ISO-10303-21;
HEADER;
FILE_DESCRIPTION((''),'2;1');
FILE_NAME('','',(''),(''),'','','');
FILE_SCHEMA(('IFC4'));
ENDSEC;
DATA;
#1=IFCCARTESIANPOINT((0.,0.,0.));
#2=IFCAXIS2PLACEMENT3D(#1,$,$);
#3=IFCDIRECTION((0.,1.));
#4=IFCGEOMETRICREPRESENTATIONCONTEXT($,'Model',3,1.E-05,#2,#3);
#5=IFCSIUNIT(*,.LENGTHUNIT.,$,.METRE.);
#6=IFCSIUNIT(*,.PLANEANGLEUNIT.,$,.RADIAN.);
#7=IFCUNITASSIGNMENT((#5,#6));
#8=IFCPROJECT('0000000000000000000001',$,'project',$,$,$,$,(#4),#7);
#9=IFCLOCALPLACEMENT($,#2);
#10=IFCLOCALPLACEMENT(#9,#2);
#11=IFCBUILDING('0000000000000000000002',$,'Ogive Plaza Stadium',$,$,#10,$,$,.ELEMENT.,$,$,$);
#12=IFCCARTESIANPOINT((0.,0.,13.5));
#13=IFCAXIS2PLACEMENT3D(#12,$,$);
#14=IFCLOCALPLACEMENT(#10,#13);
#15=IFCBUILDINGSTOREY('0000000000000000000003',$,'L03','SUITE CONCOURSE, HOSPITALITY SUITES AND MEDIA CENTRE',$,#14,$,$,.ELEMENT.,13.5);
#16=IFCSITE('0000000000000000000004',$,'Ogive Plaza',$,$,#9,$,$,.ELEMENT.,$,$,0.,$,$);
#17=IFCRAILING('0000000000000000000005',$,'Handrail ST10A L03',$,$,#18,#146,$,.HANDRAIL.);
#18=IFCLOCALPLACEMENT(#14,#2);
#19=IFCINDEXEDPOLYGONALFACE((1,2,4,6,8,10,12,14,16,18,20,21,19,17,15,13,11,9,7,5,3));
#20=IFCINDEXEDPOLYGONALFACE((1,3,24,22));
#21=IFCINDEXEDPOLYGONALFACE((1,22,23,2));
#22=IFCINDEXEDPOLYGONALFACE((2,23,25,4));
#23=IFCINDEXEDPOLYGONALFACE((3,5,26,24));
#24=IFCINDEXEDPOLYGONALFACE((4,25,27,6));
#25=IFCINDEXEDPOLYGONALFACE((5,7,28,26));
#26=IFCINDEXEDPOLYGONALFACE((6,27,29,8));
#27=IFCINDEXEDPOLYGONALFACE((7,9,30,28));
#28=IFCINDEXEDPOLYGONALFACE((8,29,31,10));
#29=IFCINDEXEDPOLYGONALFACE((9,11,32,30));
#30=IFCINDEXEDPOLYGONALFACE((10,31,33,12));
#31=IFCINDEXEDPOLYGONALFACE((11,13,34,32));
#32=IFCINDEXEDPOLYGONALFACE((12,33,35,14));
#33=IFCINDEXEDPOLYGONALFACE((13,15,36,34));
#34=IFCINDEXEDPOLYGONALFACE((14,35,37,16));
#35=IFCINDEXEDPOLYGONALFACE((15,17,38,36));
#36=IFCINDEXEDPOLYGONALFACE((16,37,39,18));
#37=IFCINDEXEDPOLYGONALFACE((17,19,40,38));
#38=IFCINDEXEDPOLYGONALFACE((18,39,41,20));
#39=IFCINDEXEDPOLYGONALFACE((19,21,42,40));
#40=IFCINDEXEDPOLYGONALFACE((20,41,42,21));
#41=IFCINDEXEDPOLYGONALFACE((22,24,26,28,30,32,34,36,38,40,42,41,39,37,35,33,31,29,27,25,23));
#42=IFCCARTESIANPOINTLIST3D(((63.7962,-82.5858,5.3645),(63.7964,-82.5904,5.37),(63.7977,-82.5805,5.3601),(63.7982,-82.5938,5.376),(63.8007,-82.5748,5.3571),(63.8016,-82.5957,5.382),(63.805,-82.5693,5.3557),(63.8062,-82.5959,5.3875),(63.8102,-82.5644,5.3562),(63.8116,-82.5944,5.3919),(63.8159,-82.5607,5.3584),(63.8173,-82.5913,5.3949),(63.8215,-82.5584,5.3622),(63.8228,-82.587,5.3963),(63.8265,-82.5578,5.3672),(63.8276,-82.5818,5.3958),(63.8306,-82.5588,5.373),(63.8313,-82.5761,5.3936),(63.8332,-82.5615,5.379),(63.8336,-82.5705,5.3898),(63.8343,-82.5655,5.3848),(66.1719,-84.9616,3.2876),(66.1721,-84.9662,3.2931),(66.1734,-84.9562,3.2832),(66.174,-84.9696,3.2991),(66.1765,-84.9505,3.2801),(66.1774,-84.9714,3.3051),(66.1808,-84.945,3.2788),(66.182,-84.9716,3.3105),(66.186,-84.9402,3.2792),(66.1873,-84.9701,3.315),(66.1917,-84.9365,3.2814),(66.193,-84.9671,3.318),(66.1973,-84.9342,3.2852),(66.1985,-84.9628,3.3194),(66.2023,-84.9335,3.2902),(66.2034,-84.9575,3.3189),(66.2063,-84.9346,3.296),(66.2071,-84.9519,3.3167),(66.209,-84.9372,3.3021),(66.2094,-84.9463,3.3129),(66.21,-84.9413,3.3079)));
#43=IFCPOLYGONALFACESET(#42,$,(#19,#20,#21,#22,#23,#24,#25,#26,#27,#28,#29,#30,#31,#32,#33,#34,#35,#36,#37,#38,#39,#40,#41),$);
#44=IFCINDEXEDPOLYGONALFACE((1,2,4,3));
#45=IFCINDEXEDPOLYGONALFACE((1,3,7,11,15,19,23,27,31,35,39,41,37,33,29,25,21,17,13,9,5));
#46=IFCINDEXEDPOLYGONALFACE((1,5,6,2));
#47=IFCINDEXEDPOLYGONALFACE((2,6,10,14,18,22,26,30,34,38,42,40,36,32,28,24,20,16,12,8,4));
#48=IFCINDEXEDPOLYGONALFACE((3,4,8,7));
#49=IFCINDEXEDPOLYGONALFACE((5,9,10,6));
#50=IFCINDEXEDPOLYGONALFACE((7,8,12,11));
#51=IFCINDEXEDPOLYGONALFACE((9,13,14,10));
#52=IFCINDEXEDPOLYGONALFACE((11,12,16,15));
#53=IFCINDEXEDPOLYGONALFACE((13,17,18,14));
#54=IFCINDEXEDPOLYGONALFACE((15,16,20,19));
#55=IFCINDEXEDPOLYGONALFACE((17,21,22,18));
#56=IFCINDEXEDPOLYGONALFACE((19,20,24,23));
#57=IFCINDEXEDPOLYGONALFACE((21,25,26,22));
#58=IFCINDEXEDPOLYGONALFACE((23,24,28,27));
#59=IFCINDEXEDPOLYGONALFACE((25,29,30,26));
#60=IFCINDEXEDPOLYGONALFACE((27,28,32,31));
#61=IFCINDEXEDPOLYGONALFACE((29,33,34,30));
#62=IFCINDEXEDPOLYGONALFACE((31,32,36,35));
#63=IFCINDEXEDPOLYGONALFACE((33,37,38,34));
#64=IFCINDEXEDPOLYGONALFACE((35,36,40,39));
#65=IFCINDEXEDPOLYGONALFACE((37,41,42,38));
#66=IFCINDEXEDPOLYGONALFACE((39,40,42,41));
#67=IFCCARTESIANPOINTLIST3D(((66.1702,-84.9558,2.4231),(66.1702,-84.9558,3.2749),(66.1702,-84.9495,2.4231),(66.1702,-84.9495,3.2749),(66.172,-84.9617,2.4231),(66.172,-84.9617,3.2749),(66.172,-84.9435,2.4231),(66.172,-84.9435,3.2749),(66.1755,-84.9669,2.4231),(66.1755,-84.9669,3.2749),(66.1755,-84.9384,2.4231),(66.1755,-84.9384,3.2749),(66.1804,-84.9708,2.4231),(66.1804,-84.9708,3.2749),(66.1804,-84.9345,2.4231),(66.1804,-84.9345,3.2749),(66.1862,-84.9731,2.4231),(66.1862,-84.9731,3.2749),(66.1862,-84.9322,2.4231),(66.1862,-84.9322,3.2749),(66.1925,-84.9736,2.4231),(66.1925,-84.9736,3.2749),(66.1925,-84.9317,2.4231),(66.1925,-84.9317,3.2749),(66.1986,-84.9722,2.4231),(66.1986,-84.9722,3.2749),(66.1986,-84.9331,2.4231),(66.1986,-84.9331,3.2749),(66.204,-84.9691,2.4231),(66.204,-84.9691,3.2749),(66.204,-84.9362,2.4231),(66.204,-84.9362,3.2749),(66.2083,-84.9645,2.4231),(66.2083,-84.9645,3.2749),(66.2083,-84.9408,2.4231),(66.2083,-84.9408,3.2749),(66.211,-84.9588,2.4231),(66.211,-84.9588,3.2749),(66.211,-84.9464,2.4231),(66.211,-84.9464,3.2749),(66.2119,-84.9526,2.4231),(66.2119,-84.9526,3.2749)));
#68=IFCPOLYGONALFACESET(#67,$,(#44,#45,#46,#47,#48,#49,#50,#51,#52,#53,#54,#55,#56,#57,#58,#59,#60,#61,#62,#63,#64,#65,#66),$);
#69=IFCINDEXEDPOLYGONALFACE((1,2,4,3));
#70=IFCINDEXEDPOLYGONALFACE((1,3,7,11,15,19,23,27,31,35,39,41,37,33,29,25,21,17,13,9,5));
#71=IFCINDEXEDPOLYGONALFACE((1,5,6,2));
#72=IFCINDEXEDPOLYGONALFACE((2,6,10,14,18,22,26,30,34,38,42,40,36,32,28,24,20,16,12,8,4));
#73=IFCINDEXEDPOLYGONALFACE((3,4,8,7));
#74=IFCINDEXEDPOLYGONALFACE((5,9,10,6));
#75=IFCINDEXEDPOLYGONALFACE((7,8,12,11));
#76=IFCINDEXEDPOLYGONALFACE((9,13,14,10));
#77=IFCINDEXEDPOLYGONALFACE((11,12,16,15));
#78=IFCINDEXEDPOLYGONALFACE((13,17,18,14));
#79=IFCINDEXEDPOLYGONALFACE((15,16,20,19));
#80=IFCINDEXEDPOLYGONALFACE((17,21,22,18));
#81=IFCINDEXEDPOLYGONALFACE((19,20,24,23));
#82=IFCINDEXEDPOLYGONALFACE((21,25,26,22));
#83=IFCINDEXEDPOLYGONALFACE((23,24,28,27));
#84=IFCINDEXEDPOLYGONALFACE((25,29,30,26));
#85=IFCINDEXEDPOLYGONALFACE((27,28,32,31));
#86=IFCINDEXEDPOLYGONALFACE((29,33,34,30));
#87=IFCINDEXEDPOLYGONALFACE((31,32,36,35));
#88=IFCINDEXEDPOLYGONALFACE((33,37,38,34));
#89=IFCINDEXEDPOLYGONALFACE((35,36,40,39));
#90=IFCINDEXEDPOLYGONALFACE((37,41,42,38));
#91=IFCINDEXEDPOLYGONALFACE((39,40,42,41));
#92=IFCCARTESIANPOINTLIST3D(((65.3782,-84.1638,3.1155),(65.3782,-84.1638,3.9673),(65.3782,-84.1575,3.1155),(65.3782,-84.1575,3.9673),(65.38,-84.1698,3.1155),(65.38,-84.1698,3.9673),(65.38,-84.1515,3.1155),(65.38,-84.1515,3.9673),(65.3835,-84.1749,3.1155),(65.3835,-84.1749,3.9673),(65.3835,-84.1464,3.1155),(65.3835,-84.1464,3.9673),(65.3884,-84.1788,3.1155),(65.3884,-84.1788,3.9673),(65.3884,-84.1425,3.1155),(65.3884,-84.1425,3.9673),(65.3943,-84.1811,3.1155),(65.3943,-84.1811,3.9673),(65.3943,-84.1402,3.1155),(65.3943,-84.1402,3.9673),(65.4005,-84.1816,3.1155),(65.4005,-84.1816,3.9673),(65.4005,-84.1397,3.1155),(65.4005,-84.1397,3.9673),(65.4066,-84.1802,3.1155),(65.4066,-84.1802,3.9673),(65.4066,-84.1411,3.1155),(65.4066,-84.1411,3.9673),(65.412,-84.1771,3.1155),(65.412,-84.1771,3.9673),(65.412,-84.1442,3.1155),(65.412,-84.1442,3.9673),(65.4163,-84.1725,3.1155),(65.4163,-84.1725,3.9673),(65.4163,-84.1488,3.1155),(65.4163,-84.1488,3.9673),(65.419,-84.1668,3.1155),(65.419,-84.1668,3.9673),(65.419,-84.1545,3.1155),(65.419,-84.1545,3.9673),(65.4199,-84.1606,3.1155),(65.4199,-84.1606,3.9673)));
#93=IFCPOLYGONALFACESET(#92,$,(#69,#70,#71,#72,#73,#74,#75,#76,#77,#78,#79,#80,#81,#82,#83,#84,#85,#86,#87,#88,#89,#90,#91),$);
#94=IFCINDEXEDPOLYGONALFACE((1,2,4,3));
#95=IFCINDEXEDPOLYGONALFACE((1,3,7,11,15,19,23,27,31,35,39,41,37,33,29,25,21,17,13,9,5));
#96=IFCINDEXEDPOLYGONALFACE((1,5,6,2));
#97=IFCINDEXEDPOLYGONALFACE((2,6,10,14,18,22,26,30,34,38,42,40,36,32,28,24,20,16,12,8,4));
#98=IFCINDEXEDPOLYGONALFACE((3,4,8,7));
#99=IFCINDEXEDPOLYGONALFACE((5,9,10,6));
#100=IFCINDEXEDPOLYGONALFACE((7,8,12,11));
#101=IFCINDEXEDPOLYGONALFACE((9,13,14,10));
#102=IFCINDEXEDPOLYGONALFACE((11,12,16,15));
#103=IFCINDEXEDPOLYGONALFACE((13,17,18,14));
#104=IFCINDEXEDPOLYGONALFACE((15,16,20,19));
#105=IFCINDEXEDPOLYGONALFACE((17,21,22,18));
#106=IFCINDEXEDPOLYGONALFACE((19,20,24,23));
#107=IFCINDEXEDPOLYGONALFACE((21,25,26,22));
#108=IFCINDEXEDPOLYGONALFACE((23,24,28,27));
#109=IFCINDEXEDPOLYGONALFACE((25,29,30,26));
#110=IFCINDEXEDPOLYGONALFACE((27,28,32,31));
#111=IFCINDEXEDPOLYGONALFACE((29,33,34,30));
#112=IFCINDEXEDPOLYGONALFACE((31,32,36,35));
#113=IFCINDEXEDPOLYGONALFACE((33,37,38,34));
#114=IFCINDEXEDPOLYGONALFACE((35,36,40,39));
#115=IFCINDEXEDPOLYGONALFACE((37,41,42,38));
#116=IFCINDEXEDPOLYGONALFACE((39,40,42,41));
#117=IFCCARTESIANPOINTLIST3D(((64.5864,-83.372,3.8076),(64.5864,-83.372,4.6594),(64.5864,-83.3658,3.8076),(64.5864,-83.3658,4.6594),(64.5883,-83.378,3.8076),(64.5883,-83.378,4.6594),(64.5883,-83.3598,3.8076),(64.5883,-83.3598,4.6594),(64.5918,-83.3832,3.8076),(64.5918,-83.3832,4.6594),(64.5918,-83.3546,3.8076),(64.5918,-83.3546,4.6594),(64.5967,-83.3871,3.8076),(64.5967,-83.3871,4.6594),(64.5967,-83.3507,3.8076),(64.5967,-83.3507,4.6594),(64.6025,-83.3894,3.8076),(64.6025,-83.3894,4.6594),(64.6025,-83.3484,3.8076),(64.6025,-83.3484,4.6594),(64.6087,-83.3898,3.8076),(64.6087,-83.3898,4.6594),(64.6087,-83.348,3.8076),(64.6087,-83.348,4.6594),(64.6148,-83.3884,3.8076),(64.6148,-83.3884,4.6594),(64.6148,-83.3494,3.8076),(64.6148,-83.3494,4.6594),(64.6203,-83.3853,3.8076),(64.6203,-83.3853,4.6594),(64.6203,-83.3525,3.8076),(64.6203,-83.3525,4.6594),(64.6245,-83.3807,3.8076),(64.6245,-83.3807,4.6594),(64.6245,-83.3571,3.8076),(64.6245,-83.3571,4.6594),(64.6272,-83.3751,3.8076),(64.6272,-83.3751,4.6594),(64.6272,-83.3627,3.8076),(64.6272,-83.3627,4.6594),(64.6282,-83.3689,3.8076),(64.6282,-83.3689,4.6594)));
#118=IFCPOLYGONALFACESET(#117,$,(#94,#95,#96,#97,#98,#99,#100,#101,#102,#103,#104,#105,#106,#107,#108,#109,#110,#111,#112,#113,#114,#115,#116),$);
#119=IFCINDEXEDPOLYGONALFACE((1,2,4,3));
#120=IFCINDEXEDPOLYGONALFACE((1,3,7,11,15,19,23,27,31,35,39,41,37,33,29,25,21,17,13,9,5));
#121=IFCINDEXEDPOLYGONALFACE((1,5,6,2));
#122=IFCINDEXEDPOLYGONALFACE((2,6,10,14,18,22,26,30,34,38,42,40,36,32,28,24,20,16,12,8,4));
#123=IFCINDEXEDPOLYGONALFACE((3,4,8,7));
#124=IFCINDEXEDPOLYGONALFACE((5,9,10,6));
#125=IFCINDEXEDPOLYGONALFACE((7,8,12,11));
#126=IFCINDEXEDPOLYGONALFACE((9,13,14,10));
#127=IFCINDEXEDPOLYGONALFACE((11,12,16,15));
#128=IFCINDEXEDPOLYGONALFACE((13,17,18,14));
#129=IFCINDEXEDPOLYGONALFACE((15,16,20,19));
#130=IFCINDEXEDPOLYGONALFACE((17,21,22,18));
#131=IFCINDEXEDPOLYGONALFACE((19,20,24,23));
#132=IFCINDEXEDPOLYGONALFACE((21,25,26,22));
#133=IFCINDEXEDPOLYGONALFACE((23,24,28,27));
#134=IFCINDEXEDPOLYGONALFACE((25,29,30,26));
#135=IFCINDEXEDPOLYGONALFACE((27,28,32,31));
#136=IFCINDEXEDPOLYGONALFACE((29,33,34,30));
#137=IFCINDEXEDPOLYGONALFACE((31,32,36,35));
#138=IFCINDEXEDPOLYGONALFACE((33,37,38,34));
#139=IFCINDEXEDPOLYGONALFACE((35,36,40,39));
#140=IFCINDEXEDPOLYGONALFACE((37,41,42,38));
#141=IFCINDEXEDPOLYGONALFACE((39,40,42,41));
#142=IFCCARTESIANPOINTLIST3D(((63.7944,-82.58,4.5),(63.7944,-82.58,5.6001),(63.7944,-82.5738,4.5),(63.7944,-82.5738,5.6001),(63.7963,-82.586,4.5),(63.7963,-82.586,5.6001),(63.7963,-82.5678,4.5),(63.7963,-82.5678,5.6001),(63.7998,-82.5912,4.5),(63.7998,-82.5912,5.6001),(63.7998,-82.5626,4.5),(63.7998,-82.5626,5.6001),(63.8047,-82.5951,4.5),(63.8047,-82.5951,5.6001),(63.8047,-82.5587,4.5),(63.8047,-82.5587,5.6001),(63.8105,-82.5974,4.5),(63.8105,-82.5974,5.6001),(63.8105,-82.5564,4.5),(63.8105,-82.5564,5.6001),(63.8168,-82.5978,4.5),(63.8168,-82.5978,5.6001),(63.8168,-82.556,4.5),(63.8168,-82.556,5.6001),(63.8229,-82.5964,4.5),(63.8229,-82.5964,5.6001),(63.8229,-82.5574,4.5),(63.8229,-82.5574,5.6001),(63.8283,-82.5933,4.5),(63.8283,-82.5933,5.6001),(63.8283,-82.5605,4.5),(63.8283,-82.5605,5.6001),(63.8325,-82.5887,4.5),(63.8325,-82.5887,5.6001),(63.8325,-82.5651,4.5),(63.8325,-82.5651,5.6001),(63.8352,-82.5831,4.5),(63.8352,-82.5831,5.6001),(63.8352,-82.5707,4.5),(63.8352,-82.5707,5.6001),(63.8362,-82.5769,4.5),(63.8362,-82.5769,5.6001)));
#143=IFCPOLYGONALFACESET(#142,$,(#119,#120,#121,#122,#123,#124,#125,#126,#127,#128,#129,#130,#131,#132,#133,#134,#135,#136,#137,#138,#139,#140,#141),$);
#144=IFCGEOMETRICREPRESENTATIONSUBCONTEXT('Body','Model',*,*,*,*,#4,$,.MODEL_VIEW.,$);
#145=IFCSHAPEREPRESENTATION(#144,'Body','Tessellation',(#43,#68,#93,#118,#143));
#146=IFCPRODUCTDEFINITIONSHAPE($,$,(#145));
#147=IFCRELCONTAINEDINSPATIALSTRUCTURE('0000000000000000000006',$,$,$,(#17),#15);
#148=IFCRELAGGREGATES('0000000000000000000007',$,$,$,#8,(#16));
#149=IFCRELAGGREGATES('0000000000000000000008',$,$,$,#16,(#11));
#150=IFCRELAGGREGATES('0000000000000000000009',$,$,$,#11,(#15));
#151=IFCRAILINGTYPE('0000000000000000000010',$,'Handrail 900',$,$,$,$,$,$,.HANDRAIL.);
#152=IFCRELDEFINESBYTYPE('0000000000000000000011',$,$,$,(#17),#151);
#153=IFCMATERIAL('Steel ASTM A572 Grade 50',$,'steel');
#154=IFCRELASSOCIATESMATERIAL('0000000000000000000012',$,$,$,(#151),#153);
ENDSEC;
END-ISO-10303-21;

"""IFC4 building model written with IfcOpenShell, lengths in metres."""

from ifc_helpers import new_model, si_unit, direction, frame, origin, origin_2d, place, context, subcontext, project, spatial, circle, extrude, material, type_object, element, save


model = new_model("IFC4")

# Units and contexts
model_context = context("Model", 3, precision=1e-05, world=origin(), true_north=direction((0.0, 1.0)))
body_context = subcontext(model_context, "Body", "Model", "MODEL_VIEW")
ifc_project = project(units=[si_unit("LENGTHUNIT", "METRE"), si_unit("PLANEANGLEUNIT", "RADIAN")], contexts=[model_context])

# Site, building, storey
site_placement = place(None, origin())
site = spatial("IfcSite", under=ifc_project, at=site_placement, Name="Ogive Plaza", CompositionType="ELEMENT", RefElevation=0.0)
building_placement = place(site_placement, origin())
building = spatial("IfcBuilding", under=site, at=building_placement, Name="Ogive Plaza Stadium", CompositionType="ELEMENT")
storey_placement = place(building_placement, frame((0.0, 0.0, 13.5)))
storey = spatial("IfcBuildingStorey", under=building, at=storey_placement, Name="L03", Description="SUITE CONCOURSE, HOSPITALITY SUITES AND MEDIA CENTRE", CompositionType="ELEMENT", Elevation=13.5)

# Railing
ifc_material_1 = material(Name="Steel ASTM A572 Grade 50", Category="steel")
railing_type_1 = type_object("IfcRailingType", Name="Handrail 900", PredefinedType="HANDRAIL", material=ifc_material_1)
for number, where, name in (
    (1, (66.1909, -84.9526, 2.4231), "Handrail ST10A L03"),
):
    element("IfcRailing", number, at=place(storey_placement, frame(where)), inside=storey, type_object=railing_type_1, Name=name, PredefinedType="HANDRAIL", context=body_context, shape_type="SweptSolid", body=[
        extrude(circle(Radius=0.0239, at=origin_2d()), frame((0.0, 0.0, 0.876), z_axis=(-0.601466, 0.601466, 0.525811), x_axis=(-0.707107, -0.707107, 0.0)), (0.0, 0.0, 1.0), 3.95),
        extrude(circle(Radius=0.021, at=origin_2d()), origin(), (0.0, 0.0, 1.0), 0.8518),
        extrude(circle(Radius=0.021, at=origin_2d()), frame((-0.792, 0.792, 0.6924)), (0.0, 0.0, 1.0), 0.8518),
        extrude(circle(Radius=0.021, at=origin_2d()), frame((-1.5837, 1.5837, 1.3845)), (0.0, 0.0, 1.0), 0.8518),
        extrude(circle(Radius=0.021, at=origin_2d()), frame((-2.3757, 2.3757, 2.0769)), (0.0, 0.0, 1.0), 1.1001),
    ])

save(model, "model.ifc")
